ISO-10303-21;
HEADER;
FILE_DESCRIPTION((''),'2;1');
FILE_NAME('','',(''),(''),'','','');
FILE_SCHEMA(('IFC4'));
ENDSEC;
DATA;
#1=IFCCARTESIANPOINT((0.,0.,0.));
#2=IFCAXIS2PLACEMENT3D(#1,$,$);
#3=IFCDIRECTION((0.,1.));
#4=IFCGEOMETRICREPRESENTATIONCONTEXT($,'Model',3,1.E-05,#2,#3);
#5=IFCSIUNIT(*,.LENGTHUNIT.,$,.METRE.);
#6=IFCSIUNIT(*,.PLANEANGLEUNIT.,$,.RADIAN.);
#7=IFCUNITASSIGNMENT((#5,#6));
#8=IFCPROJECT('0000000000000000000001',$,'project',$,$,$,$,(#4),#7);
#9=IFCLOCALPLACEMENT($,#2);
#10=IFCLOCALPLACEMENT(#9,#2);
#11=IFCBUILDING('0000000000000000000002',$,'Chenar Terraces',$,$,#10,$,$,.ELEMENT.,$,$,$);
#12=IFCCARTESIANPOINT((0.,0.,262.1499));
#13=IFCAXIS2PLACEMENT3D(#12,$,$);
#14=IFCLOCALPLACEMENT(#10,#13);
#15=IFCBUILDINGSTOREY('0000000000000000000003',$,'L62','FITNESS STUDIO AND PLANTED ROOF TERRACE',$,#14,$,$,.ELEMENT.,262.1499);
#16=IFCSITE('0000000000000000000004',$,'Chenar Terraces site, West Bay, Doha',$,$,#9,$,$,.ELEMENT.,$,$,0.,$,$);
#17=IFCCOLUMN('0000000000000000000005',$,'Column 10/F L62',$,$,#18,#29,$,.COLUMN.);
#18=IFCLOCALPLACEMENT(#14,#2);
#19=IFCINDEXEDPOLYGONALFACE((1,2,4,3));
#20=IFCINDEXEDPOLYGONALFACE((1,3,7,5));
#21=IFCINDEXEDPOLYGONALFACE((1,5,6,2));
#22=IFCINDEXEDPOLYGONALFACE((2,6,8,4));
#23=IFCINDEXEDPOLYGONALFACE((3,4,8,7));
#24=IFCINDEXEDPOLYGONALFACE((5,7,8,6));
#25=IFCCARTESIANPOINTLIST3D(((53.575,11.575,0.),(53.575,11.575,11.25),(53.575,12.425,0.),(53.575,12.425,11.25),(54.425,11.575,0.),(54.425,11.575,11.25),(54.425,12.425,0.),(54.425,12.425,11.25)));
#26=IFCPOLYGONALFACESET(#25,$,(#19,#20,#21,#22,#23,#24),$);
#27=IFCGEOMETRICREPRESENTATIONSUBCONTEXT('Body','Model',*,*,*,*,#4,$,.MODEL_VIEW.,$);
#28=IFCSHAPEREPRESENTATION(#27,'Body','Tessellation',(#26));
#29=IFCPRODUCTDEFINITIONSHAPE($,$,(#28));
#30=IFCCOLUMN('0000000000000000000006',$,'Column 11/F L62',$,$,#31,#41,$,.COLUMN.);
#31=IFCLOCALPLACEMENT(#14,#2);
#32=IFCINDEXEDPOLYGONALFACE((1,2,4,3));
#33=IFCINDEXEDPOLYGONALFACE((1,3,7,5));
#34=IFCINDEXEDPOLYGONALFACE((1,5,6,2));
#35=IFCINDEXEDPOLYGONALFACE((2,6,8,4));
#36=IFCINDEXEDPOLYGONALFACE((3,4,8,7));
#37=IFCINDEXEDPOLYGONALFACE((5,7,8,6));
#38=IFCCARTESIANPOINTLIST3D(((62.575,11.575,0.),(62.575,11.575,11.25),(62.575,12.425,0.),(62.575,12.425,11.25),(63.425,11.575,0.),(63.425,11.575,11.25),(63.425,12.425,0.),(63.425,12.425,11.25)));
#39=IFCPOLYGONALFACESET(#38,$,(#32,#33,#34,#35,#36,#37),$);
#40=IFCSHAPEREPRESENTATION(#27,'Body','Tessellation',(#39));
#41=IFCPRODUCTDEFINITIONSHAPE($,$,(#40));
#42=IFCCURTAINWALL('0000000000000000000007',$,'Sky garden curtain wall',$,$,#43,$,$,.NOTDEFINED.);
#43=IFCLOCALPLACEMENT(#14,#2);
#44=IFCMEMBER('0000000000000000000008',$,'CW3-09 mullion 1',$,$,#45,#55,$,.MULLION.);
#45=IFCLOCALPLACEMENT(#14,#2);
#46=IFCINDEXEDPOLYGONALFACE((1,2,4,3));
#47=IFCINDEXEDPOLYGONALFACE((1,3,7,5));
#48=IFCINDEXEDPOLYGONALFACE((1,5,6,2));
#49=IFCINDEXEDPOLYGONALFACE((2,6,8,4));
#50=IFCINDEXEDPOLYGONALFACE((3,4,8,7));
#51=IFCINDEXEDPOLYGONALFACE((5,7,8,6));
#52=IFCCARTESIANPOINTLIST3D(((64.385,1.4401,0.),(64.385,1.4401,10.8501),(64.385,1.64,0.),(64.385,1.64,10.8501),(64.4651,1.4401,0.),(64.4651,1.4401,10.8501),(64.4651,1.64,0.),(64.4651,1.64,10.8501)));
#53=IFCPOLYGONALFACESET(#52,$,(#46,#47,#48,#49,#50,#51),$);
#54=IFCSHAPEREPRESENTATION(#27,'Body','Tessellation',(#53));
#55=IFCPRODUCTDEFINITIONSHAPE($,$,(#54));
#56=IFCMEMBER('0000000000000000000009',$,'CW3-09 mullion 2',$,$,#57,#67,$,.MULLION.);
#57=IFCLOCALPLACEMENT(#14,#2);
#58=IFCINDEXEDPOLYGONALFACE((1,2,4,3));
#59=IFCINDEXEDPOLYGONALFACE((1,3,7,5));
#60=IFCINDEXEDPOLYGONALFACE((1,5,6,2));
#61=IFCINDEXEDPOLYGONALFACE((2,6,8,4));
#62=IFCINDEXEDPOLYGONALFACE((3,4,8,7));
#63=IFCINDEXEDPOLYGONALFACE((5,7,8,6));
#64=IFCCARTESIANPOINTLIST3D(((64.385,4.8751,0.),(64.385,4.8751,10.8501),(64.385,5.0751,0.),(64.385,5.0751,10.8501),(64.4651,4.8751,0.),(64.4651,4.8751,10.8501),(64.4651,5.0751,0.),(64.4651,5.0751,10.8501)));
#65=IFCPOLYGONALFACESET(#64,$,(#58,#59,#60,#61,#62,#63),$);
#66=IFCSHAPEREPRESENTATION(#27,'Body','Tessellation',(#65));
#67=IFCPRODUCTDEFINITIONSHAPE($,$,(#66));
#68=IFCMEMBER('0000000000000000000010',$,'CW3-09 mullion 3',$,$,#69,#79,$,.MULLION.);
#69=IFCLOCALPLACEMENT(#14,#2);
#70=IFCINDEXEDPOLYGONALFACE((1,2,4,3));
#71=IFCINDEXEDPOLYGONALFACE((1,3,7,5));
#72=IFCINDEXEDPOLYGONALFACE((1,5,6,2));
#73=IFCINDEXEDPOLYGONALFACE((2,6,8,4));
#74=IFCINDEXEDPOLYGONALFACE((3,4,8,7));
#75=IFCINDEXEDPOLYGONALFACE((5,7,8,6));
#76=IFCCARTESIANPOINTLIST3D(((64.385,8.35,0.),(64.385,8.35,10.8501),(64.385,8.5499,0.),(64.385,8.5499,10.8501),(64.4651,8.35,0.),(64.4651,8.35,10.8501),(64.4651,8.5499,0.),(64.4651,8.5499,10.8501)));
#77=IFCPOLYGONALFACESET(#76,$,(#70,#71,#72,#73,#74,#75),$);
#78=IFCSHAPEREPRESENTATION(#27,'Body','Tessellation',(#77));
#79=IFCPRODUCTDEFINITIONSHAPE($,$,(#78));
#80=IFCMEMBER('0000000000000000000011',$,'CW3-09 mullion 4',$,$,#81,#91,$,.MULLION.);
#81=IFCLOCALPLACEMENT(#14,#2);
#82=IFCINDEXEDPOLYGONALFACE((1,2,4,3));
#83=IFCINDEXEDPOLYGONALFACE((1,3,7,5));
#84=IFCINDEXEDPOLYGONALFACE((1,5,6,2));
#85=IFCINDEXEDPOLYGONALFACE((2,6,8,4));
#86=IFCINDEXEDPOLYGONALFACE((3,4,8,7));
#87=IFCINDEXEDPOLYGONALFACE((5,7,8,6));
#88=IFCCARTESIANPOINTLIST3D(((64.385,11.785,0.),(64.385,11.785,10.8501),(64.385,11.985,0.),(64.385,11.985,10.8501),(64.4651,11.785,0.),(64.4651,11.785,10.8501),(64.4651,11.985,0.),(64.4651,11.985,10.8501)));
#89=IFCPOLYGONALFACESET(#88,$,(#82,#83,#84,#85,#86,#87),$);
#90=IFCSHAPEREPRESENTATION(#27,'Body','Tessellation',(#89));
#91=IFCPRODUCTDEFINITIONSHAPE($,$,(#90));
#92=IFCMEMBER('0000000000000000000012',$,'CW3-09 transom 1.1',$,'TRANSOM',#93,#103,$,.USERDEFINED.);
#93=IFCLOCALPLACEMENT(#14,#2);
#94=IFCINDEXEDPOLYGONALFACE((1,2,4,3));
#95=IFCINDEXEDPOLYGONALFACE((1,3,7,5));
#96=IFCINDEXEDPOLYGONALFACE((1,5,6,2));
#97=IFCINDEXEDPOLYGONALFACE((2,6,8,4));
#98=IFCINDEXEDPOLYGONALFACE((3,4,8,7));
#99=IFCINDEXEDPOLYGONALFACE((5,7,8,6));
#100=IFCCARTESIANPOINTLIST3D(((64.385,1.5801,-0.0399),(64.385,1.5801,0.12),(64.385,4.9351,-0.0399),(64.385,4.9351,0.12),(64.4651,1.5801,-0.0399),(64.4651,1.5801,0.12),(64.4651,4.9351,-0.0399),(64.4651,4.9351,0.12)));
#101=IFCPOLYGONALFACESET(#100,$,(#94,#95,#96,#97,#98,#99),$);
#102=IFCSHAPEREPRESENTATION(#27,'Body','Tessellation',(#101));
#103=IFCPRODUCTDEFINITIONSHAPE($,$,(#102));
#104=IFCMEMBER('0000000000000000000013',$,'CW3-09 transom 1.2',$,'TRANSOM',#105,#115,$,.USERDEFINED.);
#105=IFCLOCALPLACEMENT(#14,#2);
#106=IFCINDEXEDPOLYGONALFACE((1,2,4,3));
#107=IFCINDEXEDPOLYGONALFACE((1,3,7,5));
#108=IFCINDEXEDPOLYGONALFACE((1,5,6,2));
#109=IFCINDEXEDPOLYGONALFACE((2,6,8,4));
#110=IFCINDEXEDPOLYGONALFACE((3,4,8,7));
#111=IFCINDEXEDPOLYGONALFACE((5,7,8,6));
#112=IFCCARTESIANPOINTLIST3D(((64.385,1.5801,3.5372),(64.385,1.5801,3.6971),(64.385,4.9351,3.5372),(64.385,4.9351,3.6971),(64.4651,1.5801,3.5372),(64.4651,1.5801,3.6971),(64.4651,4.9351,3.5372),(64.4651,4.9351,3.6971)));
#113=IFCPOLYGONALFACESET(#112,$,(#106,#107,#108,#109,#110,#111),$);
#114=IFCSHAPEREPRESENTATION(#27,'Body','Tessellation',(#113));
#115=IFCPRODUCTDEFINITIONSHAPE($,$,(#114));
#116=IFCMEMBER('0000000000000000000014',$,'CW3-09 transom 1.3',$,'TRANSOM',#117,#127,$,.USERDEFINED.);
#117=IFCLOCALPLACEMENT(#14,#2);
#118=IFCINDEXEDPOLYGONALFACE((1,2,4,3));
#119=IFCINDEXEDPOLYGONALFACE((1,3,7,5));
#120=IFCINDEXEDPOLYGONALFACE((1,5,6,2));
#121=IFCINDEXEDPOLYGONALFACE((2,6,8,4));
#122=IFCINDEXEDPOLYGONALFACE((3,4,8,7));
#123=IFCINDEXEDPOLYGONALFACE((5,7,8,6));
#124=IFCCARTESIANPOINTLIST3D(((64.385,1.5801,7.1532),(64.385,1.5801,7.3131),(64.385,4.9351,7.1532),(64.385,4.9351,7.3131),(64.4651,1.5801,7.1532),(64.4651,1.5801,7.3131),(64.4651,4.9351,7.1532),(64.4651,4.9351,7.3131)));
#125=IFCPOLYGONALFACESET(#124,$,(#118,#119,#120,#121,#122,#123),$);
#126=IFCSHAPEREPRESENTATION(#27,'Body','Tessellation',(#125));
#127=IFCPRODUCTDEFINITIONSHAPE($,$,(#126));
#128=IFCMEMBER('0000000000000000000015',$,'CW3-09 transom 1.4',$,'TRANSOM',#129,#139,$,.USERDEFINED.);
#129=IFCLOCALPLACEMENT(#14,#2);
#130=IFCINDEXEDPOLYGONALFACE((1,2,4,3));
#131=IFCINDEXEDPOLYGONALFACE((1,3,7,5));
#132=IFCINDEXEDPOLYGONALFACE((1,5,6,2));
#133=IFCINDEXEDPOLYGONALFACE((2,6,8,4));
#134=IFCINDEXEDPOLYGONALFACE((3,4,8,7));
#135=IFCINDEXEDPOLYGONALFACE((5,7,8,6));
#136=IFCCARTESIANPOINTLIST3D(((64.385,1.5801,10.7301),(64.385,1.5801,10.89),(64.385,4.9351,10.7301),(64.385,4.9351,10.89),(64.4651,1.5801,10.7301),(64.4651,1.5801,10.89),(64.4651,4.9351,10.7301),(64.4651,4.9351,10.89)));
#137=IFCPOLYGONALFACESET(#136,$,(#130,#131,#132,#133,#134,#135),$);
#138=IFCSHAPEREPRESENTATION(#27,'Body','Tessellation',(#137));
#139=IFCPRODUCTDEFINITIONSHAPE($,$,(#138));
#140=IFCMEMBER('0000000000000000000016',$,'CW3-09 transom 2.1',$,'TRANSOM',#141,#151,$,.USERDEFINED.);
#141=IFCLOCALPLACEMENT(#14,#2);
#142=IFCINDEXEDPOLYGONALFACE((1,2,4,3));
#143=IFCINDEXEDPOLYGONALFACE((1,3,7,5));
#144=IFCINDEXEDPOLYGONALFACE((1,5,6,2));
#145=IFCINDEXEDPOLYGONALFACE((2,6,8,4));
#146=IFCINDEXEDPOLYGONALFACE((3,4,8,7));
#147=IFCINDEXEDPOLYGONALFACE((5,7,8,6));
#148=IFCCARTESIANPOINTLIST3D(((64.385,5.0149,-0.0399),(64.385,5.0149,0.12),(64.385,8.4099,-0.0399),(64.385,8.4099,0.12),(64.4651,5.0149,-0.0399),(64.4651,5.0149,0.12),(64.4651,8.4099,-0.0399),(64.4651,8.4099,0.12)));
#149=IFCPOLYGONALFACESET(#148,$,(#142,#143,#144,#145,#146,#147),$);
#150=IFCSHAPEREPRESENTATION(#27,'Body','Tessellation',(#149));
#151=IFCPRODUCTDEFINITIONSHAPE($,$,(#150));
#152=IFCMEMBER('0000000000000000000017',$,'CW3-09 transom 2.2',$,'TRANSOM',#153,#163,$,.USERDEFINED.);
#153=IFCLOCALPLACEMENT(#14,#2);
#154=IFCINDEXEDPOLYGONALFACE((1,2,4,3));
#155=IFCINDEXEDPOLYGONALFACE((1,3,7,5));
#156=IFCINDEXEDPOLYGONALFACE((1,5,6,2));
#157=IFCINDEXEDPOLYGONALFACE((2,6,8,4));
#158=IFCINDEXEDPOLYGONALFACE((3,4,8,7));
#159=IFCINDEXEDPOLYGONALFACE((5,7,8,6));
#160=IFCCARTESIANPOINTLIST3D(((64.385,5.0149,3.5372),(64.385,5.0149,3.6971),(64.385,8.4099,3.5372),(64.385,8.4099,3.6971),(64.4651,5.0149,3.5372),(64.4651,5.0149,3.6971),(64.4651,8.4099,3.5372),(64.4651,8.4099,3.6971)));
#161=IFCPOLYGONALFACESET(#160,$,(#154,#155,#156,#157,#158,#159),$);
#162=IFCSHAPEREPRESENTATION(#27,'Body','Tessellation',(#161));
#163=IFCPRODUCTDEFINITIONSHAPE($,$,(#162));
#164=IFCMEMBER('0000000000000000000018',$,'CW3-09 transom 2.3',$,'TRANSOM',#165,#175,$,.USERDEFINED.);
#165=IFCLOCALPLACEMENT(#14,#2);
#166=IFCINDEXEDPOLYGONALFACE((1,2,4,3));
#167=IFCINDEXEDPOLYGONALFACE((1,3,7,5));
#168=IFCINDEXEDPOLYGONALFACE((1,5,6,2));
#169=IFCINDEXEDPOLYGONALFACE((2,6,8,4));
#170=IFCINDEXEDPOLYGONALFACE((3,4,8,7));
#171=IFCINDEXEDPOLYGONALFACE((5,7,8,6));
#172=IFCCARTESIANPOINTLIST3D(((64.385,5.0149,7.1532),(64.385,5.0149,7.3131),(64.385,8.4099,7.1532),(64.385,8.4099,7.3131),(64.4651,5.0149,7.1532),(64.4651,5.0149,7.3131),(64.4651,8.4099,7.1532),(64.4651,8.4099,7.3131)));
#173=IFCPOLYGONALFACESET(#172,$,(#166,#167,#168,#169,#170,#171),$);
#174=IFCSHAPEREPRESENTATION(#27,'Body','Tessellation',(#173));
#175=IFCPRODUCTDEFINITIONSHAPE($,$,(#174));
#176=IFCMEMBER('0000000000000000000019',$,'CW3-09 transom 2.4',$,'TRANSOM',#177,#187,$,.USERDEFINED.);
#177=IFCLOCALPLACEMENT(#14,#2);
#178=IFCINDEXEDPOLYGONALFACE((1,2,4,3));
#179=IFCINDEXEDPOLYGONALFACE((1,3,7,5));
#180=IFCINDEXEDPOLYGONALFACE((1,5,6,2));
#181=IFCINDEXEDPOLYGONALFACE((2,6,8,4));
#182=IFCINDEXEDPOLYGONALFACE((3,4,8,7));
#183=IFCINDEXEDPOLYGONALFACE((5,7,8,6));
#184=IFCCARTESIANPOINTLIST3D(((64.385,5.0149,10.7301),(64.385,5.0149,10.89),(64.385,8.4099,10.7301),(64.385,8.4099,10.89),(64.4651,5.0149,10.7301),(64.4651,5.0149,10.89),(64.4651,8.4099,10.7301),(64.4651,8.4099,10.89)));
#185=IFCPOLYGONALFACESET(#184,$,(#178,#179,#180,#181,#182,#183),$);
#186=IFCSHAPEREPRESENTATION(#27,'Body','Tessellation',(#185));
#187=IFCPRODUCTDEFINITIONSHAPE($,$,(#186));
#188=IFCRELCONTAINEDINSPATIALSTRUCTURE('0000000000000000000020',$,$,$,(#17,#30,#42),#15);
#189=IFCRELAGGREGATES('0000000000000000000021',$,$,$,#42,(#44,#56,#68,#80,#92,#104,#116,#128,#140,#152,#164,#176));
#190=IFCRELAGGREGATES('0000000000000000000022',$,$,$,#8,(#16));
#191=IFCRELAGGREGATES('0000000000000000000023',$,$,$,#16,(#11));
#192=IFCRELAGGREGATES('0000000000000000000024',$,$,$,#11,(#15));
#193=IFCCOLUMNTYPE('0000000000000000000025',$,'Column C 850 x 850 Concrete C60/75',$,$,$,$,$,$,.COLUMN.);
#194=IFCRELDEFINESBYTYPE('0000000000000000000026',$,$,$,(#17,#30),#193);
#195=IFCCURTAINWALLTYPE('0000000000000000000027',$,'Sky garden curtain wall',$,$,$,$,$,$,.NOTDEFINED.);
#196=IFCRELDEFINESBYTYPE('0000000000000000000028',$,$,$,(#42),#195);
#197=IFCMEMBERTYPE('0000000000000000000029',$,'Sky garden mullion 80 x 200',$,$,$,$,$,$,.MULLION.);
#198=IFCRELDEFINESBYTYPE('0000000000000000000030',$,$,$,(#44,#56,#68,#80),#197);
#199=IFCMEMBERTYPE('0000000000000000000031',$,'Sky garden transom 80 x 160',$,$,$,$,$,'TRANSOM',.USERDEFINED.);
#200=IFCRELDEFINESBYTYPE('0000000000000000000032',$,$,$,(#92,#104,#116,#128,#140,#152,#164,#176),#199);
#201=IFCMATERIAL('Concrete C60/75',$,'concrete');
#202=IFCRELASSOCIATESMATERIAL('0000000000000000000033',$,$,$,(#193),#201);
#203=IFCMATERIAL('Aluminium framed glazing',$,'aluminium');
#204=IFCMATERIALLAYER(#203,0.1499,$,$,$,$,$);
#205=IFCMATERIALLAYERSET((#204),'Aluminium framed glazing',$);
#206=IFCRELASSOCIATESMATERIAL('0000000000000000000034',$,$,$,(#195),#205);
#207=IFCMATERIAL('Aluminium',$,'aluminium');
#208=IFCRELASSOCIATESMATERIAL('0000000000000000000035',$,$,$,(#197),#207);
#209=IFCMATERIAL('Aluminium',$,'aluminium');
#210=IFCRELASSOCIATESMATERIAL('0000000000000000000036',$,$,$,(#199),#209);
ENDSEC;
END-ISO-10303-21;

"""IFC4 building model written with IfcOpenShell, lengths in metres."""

from ifc_helpers import new_model, si_unit, direction, frame, origin, origin_2d, place, context, subcontext, project, spatial, rectangle, extrude, material, layer, layer_set, material_profile, profile_set, type_object, element, aggregate, save


model = new_model("IFC4")

# Units and contexts
model_context = context("Model", 3, precision=1e-05, world=origin(), true_north=direction((0.0, 1.0)))
body_context = subcontext(model_context, "Body", "Model", "MODEL_VIEW")
ifc_project = project(units=[si_unit("LENGTHUNIT", "METRE"), si_unit("PLANEANGLEUNIT", "RADIAN")], contexts=[model_context])

# Site, building, storey
site_placement = place(None, origin())
site = spatial("IfcSite", under=ifc_project, at=site_placement, Name="Chenar Terraces site, West Bay, Doha", CompositionType="ELEMENT", RefElevation=0.0)
building_placement = place(site_placement, origin())
building = spatial("IfcBuilding", under=site, at=building_placement, Name="Chenar Terraces", CompositionType="ELEMENT")
storey_placement = place(building_placement, frame((0.0, 0.0, 262.1499)))
storey = spatial("IfcBuildingStorey", under=building, at=storey_placement, Name="L62", Description="FITNESS STUDIO AND PLANTED ROOF TERRACE", CompositionType="ELEMENT", Elevation=262.1499)

# Columns
ifc_material_1 = material(Name="Concrete C60/75", Category="concrete")
ifc_material_profile_1 = material_profile(ifc_material_1, rectangle(XDim=0.8501, YDim=0.8501, at=origin_2d()), Name="C 850 x 850")
ifc_profile_set_1 = profile_set([ifc_material_profile_1], Name="Concrete C60/75")
column_type = type_object("IfcColumnType", Name="Column C 850 x 850 Concrete C60/75", PredefinedType="COLUMN", material=ifc_profile_set_1)
for number, where, z_axis, x_axis, name in (
    (1, (54.0, 12.0, 0.0), (0.0, 0.0, 1.0), (1.0, 0.0, 0.0), "Column 10/F L62"),
    (2, (63.0, 12.0, 0.0), (0.0, 0.0, 1.0), (1.0, 0.0, 0.0), "Column 11/F L62"),
):
    element("IfcColumn", number, at=place(storey_placement, frame(where, z_axis=z_axis, x_axis=x_axis)), inside=storey, type_object=column_type, Name=name, PredefinedType="COLUMN", context=body_context, shape_type="SweptSolid", body=[
        extrude(rectangle(XDim=0.8501, YDim=0.8501, at=origin_2d()), origin(), (0.0, 0.0, 1.0), 11.25),
    ])

# Curtain wall, members
ifc_material_2 = material(Name="Aluminium framed glazing", Category="aluminium")
ifc_layer_1 = layer(ifc_material_2, 0.1499)
ifc_layer_set_1 = layer_set([ifc_layer_1], Name="Aluminium framed glazing")
curtain_wall_type = type_object("IfcCurtainWallType", Name="Sky garden curtain wall", PredefinedType="NOTDEFINED", material=ifc_layer_set_1)
curtain_wall_placement = place(storey_placement, origin())
curtain_wall = element("IfcCurtainWall", 3, at=curtain_wall_placement, inside=storey, type_object=curtain_wall_type, Name="Sky garden curtain wall", PredefinedType="NOTDEFINED")
ifc_material_3 = material(Name="Aluminium", Category="aluminium")
ifc_material_profile_2 = material_profile(ifc_material_3, rectangle(XDim=0.0801, YDim=0.2, at=origin_2d()), Name="Sky garden mullion 80 x 200")
ifc_profile_set_2 = profile_set([ifc_material_profile_2], Name="Aluminium")
member_type_1 = type_object("IfcMemberType", Name="Sky garden mullion 80 x 200", PredefinedType="MULLION", material=ifc_profile_set_2)
member_1_placement = place(storey_placement, frame((64.425, 1.54, 0.0), z_axis=(0.0, 0.0, 1.0), x_axis=(-1.0, 0.0, 0.0)))
member_1 = element("IfcMember", 4, at=member_1_placement, type_object=member_type_1, Name="CW3-09 mullion 1", PredefinedType="MULLION", context=body_context, shape_type="SweptSolid", body=[
    extrude(rectangle(XDim=0.0801, YDim=0.2, at=origin_2d()), origin(), (0.0, 0.0, 1.0), 10.8501),
])
member_2_placement = place(storey_placement, frame((64.425, 4.9751, 0.0), z_axis=(0.0, 0.0, 1.0), x_axis=(-1.0, 0.0, 0.0)))
member_2 = element("IfcMember", 5, at=member_2_placement, type_object=member_type_1, Name="CW3-09 mullion 2", PredefinedType="MULLION", context=body_context, shape_type="SweptSolid", body=[
    extrude(rectangle(XDim=0.0801, YDim=0.2, at=origin_2d()), origin(), (0.0, 0.0, 1.0), 10.8501),
])
member_3_placement = place(storey_placement, frame((64.425, 8.45, 0.0), z_axis=(0.0, 0.0, 1.0), x_axis=(-1.0, 0.0, 0.0)))
member_3 = element("IfcMember", 6, at=member_3_placement, type_object=member_type_1, Name="CW3-09 mullion 3", PredefinedType="MULLION", context=body_context, shape_type="SweptSolid", body=[
    extrude(rectangle(XDim=0.0801, YDim=0.2, at=origin_2d()), origin(), (0.0, 0.0, 1.0), 10.8501),
])
member_4_placement = place(storey_placement, frame((64.425, 11.885, 0.0), z_axis=(0.0, 0.0, 1.0), x_axis=(-1.0, 0.0, 0.0)))
member_4 = element("IfcMember", 7, at=member_4_placement, type_object=member_type_1, Name="CW3-09 mullion 4", PredefinedType="MULLION", context=body_context, shape_type="SweptSolid", body=[
    extrude(rectangle(XDim=0.0801, YDim=0.2, at=origin_2d()), origin(), (0.0, 0.0, 1.0), 10.8501),
])
ifc_material_4 = material(Name="Aluminium", Category="aluminium")
ifc_material_profile_3 = material_profile(ifc_material_4, rectangle(XDim=0.0801, YDim=0.1599, at=origin_2d()), Name="Sky garden transom 80 x 160")
ifc_profile_set_3 = profile_set([ifc_material_profile_3], Name="Aluminium")
member_type_2 = type_object("IfcMemberType", Name="Sky garden transom 80 x 160", ElementType="TRANSOM", PredefinedType="USERDEFINED", material=ifc_profile_set_3)
member_5_placement = place(storey_placement, frame((64.425, 1.5801, 0.04), z_axis=(0.0, 1.0, 0.0), x_axis=(-1.0, 0.0, 0.0)))
member_5 = element("IfcMember", 8, at=member_5_placement, type_object=member_type_2, Name="CW3-09 transom 1.1", ObjectType="TRANSOM", PredefinedType="USERDEFINED", context=body_context, shape_type="SweptSolid", body=[
    extrude(rectangle(XDim=0.0801, YDim=0.1599, at=origin_2d()), origin(), (0.0, 0.0, 1.0), 3.355),
])
member_6_placement = place(storey_placement, frame((64.425, 1.5801, 3.6172), z_axis=(0.0, 1.0, 0.0), x_axis=(-1.0, 0.0, 0.0)))
member_6 = element("IfcMember", 9, at=member_6_placement, type_object=member_type_2, Name="CW3-09 transom 1.2", ObjectType="TRANSOM", PredefinedType="USERDEFINED", context=body_context, shape_type="SweptSolid", body=[
    extrude(rectangle(XDim=0.0801, YDim=0.1599, at=origin_2d()), origin(), (0.0, 0.0, 1.0), 3.355),
])
member_7_placement = place(storey_placement, frame((64.425, 1.5801, 7.2332), z_axis=(0.0, 1.0, 0.0), x_axis=(-1.0, 0.0, 0.0)))
member_7 = element("IfcMember", 10, at=member_7_placement, type_object=member_type_2, Name="CW3-09 transom 1.3", ObjectType="TRANSOM", PredefinedType="USERDEFINED", context=body_context, shape_type="SweptSolid", body=[
    extrude(rectangle(XDim=0.0801, YDim=0.1599, at=origin_2d()), origin(), (0.0, 0.0, 1.0), 3.355),
])
member_8_placement = place(storey_placement, frame((64.425, 1.5801, 10.8101), z_axis=(0.0, 1.0, 0.0), x_axis=(-1.0, 0.0, 0.0)))
member_8 = element("IfcMember", 11, at=member_8_placement, type_object=member_type_2, Name="CW3-09 transom 1.4", ObjectType="TRANSOM", PredefinedType="USERDEFINED", context=body_context, shape_type="SweptSolid", body=[
    extrude(rectangle(XDim=0.0801, YDim=0.1599, at=origin_2d()), origin(), (0.0, 0.0, 1.0), 3.355),
])
member_9_placement = place(storey_placement, frame((64.425, 5.0149, 0.04), z_axis=(0.0, 1.0, 0.0), x_axis=(-1.0, 0.0, 0.0)))
member_9 = element("IfcMember", 12, at=member_9_placement, type_object=member_type_2, Name="CW3-09 transom 2.1", ObjectType="TRANSOM", PredefinedType="USERDEFINED", context=body_context, shape_type="SweptSolid", body=[
    extrude(rectangle(XDim=0.0801, YDim=0.1599, at=origin_2d()), origin(), (0.0, 0.0, 1.0), 3.395),
])
member_10_placement = place(storey_placement, frame((64.425, 5.0149, 3.6172), z_axis=(0.0, 1.0, 0.0), x_axis=(-1.0, 0.0, 0.0)))
member_10 = element("IfcMember", 13, at=member_10_placement, type_object=member_type_2, Name="CW3-09 transom 2.2", ObjectType="TRANSOM", PredefinedType="USERDEFINED", context=body_context, shape_type="SweptSolid", body=[
    extrude(rectangle(XDim=0.0801, YDim=0.1599, at=origin_2d()), origin(), (0.0, 0.0, 1.0), 3.395),
])
member_11_placement = place(storey_placement, frame((64.425, 5.0149, 7.2332), z_axis=(0.0, 1.0, 0.0), x_axis=(-1.0, 0.0, 0.0)))
member_11 = element("IfcMember", 14, at=member_11_placement, type_object=member_type_2, Name="CW3-09 transom 2.3", ObjectType="TRANSOM", PredefinedType="USERDEFINED", context=body_context, shape_type="SweptSolid", body=[
    extrude(rectangle(XDim=0.0801, YDim=0.1599, at=origin_2d()), origin(), (0.0, 0.0, 1.0), 3.395),
])
member_12_placement = place(storey_placement, frame((64.425, 5.0149, 10.8101), z_axis=(0.0, 1.0, 0.0), x_axis=(-1.0, 0.0, 0.0)))
member_12 = element("IfcMember", 15, at=member_12_placement, type_object=member_type_2, Name="CW3-09 transom 2.4", ObjectType="TRANSOM", PredefinedType="USERDEFINED", context=body_context, shape_type="SweptSolid", body=[
    extrude(rectangle(XDim=0.0801, YDim=0.1599, at=origin_2d()), origin(), (0.0, 0.0, 1.0), 3.395),
])
aggregate(curtain_wall, [member_1, member_2, member_3, member_4, member_5, member_6, member_7, member_8, member_9, member_10, member_11, member_12])

save(model, "model.ifc")
